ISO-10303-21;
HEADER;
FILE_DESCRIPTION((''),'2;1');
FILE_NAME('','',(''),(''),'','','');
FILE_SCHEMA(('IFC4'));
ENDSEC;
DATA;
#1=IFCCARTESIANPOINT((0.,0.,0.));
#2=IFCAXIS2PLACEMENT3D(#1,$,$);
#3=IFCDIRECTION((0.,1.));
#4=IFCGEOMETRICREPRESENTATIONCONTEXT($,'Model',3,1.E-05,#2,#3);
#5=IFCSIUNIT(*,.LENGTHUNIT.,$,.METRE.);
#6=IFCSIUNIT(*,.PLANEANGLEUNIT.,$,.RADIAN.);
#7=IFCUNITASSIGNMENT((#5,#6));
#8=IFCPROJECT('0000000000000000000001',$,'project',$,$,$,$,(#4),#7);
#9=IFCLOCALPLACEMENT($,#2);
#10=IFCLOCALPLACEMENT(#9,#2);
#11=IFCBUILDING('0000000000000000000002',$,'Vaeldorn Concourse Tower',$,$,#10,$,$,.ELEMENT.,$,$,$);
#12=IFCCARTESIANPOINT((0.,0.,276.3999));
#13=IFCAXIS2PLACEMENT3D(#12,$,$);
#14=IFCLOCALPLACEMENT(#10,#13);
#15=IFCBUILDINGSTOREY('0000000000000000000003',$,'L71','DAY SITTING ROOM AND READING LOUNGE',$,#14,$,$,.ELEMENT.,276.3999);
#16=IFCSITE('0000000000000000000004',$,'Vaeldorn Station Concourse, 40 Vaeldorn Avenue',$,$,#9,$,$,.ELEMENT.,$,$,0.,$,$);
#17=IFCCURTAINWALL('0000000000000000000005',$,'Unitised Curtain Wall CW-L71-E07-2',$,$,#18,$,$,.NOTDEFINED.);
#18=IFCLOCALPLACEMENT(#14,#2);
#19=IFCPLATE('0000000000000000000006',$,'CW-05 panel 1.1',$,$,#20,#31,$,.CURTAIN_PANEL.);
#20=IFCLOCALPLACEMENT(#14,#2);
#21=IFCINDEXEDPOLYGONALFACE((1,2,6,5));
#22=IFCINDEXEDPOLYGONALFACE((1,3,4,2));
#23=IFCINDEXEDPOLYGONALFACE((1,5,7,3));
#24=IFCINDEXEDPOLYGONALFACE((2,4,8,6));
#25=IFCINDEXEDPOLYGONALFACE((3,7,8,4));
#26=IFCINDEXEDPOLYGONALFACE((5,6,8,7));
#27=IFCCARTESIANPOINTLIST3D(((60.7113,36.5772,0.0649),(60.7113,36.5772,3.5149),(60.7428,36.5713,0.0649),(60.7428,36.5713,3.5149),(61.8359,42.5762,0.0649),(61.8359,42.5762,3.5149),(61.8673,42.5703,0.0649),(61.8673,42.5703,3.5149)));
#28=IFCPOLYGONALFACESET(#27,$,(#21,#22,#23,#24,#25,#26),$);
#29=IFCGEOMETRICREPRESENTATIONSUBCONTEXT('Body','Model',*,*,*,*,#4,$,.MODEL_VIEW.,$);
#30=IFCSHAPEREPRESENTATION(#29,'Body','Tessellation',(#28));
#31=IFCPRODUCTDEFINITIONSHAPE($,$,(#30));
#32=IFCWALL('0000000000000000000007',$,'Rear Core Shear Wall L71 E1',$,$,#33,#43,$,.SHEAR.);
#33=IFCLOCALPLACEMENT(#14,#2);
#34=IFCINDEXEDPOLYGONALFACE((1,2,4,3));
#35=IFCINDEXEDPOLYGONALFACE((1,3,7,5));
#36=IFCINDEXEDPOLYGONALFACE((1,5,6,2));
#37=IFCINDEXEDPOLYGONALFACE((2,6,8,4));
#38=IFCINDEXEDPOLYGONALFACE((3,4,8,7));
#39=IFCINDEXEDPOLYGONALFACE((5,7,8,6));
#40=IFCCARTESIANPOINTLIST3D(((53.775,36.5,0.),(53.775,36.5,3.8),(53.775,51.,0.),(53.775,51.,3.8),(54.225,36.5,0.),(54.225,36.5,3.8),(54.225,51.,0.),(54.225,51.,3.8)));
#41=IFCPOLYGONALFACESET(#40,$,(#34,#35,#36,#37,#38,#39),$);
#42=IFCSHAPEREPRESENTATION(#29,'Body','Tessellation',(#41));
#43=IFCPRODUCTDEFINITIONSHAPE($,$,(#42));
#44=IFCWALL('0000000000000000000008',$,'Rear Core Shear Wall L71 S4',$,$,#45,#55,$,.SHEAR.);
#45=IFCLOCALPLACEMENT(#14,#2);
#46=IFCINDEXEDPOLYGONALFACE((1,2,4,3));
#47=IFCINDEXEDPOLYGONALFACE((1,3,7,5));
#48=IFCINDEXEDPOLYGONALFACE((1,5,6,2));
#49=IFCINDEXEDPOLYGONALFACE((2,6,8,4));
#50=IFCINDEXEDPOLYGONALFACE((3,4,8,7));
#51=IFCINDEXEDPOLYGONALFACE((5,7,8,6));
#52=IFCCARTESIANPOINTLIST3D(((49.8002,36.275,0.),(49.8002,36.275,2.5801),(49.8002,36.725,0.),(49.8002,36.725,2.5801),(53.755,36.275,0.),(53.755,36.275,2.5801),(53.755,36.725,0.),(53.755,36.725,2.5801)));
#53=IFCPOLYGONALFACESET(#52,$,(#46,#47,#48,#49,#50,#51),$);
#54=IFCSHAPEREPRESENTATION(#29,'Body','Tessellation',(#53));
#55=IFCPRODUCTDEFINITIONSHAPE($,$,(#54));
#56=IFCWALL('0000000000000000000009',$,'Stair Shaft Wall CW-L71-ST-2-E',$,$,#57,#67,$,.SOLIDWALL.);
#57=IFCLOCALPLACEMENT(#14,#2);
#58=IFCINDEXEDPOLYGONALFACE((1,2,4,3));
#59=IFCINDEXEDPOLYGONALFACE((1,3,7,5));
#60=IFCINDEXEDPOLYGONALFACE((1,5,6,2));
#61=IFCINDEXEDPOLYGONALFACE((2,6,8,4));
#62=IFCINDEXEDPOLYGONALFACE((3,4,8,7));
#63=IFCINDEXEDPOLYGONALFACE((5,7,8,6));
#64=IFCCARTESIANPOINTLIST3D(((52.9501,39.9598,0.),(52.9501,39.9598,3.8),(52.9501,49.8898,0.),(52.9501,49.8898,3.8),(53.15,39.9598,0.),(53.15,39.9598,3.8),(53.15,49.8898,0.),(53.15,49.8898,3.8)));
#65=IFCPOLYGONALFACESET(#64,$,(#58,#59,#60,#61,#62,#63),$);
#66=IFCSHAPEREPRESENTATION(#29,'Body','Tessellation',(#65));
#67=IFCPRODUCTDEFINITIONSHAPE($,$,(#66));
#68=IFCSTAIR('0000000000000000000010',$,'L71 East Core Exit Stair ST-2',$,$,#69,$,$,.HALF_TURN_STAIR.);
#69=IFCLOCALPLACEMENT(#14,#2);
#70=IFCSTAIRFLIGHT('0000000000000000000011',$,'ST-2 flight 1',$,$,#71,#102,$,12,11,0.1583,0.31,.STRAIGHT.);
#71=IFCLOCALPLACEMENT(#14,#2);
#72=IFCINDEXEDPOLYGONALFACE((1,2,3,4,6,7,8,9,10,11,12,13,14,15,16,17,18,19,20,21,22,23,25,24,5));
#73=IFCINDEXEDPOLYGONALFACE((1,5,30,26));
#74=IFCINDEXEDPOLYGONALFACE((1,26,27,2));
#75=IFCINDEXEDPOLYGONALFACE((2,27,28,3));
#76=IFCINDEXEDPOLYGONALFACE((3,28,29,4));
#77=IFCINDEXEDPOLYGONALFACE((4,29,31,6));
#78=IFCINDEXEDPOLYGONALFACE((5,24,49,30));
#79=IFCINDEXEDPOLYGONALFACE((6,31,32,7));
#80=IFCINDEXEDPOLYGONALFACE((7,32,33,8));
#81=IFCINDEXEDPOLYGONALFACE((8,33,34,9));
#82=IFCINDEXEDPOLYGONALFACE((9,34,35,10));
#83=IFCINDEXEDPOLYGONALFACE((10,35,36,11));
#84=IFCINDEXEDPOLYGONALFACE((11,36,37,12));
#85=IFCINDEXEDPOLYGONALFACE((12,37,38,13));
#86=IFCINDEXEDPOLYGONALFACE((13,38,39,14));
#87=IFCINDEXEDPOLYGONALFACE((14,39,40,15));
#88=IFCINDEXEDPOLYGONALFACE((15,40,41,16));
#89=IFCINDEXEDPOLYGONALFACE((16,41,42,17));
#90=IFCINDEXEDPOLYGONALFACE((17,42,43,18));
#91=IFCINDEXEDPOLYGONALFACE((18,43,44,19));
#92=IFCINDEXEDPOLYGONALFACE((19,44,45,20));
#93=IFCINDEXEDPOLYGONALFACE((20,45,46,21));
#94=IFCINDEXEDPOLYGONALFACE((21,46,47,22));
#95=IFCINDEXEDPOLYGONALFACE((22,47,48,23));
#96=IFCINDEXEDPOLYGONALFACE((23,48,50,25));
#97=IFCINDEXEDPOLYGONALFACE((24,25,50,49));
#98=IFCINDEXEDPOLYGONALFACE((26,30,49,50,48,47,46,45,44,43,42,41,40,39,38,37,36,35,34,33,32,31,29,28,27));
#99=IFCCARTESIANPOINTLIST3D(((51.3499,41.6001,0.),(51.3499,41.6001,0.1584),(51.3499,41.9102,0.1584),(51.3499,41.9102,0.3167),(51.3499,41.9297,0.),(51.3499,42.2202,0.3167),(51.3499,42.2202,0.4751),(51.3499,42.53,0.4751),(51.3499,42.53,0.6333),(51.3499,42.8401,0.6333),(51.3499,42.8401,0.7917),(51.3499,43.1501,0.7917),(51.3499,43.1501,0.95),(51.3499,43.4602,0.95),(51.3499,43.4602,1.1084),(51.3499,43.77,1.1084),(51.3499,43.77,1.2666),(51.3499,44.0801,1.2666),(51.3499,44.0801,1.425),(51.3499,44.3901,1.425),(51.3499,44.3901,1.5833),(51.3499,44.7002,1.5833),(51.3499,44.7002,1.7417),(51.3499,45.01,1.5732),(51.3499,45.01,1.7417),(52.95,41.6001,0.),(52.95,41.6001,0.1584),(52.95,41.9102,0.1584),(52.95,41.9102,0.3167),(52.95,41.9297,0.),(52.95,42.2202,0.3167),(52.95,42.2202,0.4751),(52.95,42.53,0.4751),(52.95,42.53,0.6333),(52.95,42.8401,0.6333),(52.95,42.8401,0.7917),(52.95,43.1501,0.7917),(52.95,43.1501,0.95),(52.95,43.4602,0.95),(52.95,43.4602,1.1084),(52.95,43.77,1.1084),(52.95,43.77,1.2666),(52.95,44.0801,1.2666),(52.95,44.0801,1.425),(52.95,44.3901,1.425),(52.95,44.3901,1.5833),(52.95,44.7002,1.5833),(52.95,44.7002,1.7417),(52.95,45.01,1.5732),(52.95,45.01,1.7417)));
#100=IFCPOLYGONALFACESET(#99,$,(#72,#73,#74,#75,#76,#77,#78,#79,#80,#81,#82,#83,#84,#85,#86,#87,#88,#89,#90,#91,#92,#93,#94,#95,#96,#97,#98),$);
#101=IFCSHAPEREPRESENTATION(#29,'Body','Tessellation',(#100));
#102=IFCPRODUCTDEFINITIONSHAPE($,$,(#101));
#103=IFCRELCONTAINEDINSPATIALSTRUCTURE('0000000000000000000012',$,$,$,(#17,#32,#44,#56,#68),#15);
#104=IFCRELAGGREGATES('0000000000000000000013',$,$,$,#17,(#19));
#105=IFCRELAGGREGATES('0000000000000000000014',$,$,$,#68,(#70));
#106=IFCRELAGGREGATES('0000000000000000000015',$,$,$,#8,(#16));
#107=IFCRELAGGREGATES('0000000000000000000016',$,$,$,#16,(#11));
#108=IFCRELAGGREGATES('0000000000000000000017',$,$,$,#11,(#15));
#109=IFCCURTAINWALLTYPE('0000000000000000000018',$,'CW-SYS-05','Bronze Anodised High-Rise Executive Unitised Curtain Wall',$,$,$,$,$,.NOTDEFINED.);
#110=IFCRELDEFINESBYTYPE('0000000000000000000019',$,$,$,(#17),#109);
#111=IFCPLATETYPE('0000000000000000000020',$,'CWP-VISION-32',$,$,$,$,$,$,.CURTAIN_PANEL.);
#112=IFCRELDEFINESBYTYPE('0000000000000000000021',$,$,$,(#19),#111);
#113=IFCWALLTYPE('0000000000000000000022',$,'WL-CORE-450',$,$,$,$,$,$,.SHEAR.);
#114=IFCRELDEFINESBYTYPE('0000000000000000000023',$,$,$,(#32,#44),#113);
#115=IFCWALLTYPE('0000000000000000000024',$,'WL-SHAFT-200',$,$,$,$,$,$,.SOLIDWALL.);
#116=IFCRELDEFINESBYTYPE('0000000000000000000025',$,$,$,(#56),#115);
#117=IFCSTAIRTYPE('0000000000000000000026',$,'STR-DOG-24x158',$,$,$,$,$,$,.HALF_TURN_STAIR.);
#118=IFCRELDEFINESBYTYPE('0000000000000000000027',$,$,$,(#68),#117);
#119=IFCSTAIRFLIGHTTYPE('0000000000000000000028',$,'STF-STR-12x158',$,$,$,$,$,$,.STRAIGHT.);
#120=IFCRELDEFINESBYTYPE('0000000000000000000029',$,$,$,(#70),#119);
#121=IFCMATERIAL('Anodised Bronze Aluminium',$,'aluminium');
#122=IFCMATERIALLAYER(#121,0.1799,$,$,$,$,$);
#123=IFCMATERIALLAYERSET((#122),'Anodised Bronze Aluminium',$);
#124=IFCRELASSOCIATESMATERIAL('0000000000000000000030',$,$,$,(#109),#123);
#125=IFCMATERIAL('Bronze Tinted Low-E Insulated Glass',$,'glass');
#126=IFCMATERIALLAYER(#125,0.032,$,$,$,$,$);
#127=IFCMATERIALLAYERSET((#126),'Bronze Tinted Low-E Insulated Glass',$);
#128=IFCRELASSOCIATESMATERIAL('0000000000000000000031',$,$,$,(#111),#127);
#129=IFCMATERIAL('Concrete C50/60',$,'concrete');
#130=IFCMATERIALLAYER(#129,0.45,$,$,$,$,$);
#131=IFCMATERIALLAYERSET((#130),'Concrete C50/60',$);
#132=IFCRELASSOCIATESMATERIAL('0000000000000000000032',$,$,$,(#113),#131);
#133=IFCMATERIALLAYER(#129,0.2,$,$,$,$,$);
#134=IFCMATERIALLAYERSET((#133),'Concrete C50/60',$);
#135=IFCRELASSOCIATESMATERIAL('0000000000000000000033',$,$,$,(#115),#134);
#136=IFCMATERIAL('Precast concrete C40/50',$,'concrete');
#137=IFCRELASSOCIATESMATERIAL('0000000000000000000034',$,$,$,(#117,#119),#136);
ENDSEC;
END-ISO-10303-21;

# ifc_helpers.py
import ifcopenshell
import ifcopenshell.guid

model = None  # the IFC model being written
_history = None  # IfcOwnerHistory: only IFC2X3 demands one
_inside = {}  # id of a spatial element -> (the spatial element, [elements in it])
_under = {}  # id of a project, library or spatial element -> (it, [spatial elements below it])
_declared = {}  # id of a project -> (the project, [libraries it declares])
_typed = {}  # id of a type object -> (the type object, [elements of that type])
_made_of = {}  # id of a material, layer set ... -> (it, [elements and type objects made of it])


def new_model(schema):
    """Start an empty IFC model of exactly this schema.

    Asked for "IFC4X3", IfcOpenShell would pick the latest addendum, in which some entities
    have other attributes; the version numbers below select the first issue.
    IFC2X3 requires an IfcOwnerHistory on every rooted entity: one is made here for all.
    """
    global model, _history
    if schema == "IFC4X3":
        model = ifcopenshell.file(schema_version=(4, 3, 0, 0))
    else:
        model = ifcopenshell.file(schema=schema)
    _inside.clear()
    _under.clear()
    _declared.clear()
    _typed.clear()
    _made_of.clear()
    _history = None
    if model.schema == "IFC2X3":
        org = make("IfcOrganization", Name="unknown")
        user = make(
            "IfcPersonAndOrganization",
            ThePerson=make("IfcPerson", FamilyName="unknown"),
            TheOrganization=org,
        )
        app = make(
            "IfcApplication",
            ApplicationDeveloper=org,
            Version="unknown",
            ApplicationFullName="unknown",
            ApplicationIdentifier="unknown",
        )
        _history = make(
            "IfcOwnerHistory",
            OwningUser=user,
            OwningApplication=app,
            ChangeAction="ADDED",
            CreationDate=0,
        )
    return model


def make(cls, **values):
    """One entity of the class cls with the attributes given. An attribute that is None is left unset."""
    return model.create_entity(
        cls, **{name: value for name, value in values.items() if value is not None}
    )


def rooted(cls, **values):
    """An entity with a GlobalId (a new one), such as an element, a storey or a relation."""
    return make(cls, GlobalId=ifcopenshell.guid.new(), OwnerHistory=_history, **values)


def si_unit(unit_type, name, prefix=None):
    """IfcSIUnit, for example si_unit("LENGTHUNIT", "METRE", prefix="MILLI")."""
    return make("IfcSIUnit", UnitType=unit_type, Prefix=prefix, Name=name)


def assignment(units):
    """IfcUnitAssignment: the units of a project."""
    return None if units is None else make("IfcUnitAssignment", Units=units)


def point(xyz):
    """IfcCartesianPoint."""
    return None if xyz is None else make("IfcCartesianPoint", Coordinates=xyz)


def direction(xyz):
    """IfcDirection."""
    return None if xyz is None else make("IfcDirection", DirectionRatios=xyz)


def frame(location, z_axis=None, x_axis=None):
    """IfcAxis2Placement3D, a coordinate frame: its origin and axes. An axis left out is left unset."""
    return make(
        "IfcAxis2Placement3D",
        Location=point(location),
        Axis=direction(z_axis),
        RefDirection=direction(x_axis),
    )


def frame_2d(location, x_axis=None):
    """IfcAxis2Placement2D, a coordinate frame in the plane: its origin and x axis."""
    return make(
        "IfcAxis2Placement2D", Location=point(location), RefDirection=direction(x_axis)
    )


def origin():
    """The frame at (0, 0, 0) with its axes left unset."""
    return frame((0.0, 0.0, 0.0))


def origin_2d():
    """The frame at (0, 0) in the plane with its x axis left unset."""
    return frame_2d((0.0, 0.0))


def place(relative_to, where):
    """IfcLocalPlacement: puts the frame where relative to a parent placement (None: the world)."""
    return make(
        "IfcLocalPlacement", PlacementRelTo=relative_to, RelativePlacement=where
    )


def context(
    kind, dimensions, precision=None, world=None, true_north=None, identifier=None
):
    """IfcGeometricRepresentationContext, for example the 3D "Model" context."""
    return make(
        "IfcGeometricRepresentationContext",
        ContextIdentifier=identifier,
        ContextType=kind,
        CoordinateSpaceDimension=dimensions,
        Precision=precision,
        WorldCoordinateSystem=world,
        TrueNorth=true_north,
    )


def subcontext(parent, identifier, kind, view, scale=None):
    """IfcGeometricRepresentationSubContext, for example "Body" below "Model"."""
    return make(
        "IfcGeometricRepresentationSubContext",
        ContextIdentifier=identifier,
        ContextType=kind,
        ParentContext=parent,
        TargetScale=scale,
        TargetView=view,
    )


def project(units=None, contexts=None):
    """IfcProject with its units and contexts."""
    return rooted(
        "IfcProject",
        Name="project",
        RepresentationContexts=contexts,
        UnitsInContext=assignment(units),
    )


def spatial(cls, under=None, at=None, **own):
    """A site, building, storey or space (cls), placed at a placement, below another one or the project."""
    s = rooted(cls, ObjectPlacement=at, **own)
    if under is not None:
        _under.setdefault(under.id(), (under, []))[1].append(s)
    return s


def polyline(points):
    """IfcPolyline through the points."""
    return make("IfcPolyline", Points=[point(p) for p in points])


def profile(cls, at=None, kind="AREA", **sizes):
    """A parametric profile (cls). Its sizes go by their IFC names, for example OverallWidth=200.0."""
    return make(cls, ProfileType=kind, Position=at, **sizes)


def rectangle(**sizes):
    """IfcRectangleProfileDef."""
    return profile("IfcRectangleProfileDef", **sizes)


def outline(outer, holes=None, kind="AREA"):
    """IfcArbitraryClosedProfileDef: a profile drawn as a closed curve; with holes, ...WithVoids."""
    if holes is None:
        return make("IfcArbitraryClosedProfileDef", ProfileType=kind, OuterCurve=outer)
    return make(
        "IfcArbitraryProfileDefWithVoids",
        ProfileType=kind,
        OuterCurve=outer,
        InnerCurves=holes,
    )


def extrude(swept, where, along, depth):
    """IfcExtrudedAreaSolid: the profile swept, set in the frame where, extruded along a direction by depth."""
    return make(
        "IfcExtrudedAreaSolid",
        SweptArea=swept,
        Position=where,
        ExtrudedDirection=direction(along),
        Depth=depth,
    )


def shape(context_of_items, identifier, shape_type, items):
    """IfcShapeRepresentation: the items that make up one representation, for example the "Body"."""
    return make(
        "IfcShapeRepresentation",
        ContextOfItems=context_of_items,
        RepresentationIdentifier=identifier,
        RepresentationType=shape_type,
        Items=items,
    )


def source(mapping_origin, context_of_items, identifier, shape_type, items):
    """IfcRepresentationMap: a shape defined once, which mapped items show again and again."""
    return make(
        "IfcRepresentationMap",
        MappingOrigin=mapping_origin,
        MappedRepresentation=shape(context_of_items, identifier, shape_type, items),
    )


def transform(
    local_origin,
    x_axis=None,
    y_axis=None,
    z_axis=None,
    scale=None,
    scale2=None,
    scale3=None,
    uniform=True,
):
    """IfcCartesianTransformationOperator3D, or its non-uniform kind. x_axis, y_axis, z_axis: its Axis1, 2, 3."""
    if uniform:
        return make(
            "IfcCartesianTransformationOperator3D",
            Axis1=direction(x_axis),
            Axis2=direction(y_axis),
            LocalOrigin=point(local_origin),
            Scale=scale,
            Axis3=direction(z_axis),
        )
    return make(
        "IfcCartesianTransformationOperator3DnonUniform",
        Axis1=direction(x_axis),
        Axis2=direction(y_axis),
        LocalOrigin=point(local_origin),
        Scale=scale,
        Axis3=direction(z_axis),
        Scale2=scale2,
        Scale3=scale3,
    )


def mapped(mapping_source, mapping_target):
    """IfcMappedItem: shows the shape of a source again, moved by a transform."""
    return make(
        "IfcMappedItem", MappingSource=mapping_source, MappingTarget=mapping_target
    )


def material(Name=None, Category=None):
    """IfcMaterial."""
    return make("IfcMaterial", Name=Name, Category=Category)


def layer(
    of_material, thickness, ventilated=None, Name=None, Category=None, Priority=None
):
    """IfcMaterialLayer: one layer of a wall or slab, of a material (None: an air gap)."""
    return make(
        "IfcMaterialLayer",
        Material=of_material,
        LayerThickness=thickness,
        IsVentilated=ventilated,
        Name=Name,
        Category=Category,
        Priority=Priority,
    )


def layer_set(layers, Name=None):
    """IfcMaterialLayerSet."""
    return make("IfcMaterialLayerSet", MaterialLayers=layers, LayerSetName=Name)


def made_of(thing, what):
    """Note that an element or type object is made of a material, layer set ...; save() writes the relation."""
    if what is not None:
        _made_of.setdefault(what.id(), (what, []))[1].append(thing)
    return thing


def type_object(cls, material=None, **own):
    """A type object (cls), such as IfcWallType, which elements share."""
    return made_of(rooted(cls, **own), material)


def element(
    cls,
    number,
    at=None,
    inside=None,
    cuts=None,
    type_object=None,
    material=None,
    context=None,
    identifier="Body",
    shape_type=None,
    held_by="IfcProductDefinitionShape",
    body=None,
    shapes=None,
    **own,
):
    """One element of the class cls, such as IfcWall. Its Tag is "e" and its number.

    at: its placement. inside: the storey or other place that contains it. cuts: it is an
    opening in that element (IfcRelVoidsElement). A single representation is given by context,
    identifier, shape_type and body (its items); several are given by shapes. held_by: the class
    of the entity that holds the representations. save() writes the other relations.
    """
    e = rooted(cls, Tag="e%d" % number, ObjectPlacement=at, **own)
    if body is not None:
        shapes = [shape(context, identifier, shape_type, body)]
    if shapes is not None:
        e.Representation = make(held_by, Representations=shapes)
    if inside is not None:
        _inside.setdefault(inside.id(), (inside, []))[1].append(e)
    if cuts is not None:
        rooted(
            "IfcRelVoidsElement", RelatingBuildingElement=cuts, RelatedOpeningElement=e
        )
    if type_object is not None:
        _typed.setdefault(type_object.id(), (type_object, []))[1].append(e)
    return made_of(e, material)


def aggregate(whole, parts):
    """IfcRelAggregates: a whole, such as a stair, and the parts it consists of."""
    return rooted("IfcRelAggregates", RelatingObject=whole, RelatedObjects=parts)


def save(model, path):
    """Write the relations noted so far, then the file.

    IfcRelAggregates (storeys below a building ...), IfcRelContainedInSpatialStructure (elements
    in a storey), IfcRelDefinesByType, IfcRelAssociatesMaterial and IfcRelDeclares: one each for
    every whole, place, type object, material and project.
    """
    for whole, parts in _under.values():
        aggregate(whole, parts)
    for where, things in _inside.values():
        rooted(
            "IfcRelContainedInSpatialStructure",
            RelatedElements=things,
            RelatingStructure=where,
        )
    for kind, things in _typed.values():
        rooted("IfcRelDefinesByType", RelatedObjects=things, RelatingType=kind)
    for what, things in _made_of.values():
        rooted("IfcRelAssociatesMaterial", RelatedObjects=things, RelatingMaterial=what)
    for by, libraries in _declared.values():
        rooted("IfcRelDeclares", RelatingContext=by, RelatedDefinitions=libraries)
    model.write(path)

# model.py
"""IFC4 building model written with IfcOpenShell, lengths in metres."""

from ifc_helpers import new_model, si_unit, direction, frame, frame_2d, origin, origin_2d, place, context, subcontext, project, spatial, polyline, rectangle, outline, extrude, source, transform, mapped, material, layer, layer_set, type_object, element, aggregate, save


model = new_model("IFC4")

# Units and contexts
model_context = context("Model", 3, precision=1e-05, world=origin(), true_north=direction((0.0, 1.0)))
body_context = subcontext(model_context, "Body", "Model", "MODEL_VIEW")
ifc_project = project(units=[si_unit("LENGTHUNIT", "METRE"), si_unit("PLANEANGLEUNIT", "RADIAN")], contexts=[model_context])

# Site, building, storey
site_placement = place(None, origin())
site = spatial("IfcSite", under=ifc_project, at=site_placement, Name="Vaeldorn Station Concourse, 40 Vaeldorn Avenue", CompositionType="ELEMENT", RefElevation=0.0)
building_placement = place(site_placement, origin())
building = spatial("IfcBuilding", under=site, at=building_placement, Name="Vaeldorn Concourse Tower", CompositionType="ELEMENT")
storey_placement = place(building_placement, frame((0.0, 0.0, 276.3999)))
storey = spatial("IfcBuildingStorey", under=building, at=storey_placement, Name="L71", Description="DAY SITTING ROOM AND READING LOUNGE", CompositionType="ELEMENT", Elevation=276.3999)

# Shared definitions
ifc_material_1 = material(Name="Concrete C50/60", Category="concrete")

# Curtain wall, plate
ifc_material_2 = material(Name="Anodised Bronze Aluminium", Category="aluminium")
ifc_layer_1 = layer(ifc_material_2, 0.1799)
ifc_layer_set_1 = layer_set([ifc_layer_1], Name="Anodised Bronze Aluminium")
curtain_wall_type = type_object("IfcCurtainWallType", Name="CW-SYS-05", Description="Bronze Anodised High-Rise Executive Unitised Curtain Wall", PredefinedType="NOTDEFINED", material=ifc_layer_set_1)
curtain_wall_placement = place(storey_placement, origin())
curtain_wall = element("IfcCurtainWall", 1, at=curtain_wall_placement, inside=storey, type_object=curtain_wall_type, Name="Unitised Curtain Wall CW-L71-E07-2", PredefinedType="NOTDEFINED")
ifc_material_3 = material(Name="Bronze Tinted Low-E Insulated Glass", Category="glass")
ifc_layer_2 = layer(ifc_material_3, 0.032)
ifc_layer_set_2 = layer_set([ifc_layer_2], Name="Bronze Tinted Low-E Insulated Glass")
plate_type = type_object("IfcPlateType", Name="CWP-VISION-32", PredefinedType="CURTAIN_PANEL", material=ifc_layer_set_2)
shared_shape_1 = source(origin(), body_context, "Body", "SweptSolid", [
    extrude(rectangle(XDim=6.1035, YDim=0.032, at=origin_2d()), origin(), (0.0, 0.0, 1.0), 3.45),
])
plate_placement = place(storey_placement, frame((61.2893, 39.5737, 0.0649), z_axis=(0.0, 0.0, 1.0), x_axis=(0.184246, 0.98288, 0.0)))
plate = element("IfcPlate", 2, at=plate_placement, type_object=plate_type, Name="CW-05 panel 1.1", PredefinedType="CURTAIN_PANEL", context=body_context, shape_type="MappedRepresentation", body=[
    mapped(shared_shape_1, transform((0.0, 0.0, 0.0), scale=1.0)),
])
aggregate(curtain_wall, [plate])

# Walls
ifc_layer_3 = layer(ifc_material_1, 0.45)
ifc_layer_set_3 = layer_set([ifc_layer_3], Name="Concrete C50/60")
wall_type_1 = type_object("IfcWallType", Name="WL-CORE-450", PredefinedType="SHEAR", material=ifc_layer_set_3)
wall_1_placement = place(storey_placement, frame((54.0, 36.5, 0.0), z_axis=(0.0, 0.0, 1.0), x_axis=(0.0, 1.0, 0.0)))
element("IfcWall", 3, at=wall_1_placement, inside=storey, type_object=wall_type_1, Name="Rear Core Shear Wall L71 E1", PredefinedType="SHEAR", context=body_context, shape_type="SweptSolid", body=[
    extrude(rectangle(XDim=14.5, YDim=0.45, at=frame_2d((7.25, 0.0))), origin(), (0.0, 0.0, 1.0), 3.8),
])
wall_2_placement = place(storey_placement, frame((49.8, 36.5, 0.0), z_axis=(0.0, 0.0, 1.0), x_axis=(1.0, 0.0, 0.0)))
element("IfcWall", 4, at=wall_2_placement, inside=storey, type_object=wall_type_1, Name="Rear Core Shear Wall L71 S4", PredefinedType="SHEAR", context=body_context, shape_type="SweptSolid", body=[
    extrude(rectangle(XDim=3.9548, YDim=0.45, at=frame_2d((1.9775, 0.0))), origin(), (0.0, 0.0, 1.0), 2.5801),
])
ifc_layer_4 = layer(ifc_material_1, 0.2)
ifc_layer_set_4 = layer_set([ifc_layer_4], Name="Concrete C50/60")
wall_type_2 = type_object("IfcWallType", Name="WL-SHAFT-200", PredefinedType="SOLIDWALL", material=ifc_layer_set_4)
wall_3_placement = place(storey_placement, frame((53.05, 39.96, 0.0), z_axis=(0.0, 0.0, 1.0), x_axis=(0.0, 1.0, 0.0)))
element("IfcWall", 5, at=wall_3_placement, inside=storey, type_object=wall_type_2, Name="Stair Shaft Wall CW-L71-ST-2-E", PredefinedType="SOLIDWALL", context=body_context, shape_type="SweptSolid", body=[
    extrude(rectangle(XDim=9.9299, YDim=0.2, at=frame_2d((4.9648, 0.0))), origin(), (0.0, 0.0, 1.0), 3.8),
])

# Stair, stair flight
ifc_material_4 = material(Name="Precast concrete C40/50", Category="concrete")
stair_type = type_object("IfcStairType", Name="STR-DOG-24x158", PredefinedType="HALF_TURN_STAIR", material=ifc_material_4)
stair_placement = place(storey_placement, origin())
stair = element("IfcStair", 6, at=stair_placement, inside=storey, type_object=stair_type, Name="L71 East Core Exit Stair ST-2", PredefinedType="HALF_TURN_STAIR")
stair_flight_type = type_object("IfcStairFlightType", Name="STF-STR-12x158", PredefinedType="STRAIGHT", material=ifc_material_4)
stair_flight_placement = place(storey_placement, frame((52.1499, 41.6001, 0.0), z_axis=(0.0, 0.0, 1.0), x_axis=(0.0, 1.0, 0.0)))
stair_flight = element("IfcStairFlight", 7, at=stair_flight_placement, type_object=stair_flight_type, Name="ST-2 flight 1", NumberOfRisers=12, NumberOfTreads=11, PredefinedType="STRAIGHT", RiserHeight=0.1583, TreadLength=0.31, context=body_context, shape_type="SweptSolid", body=[
    extrude(outline(polyline([(0.0, 0.0), (0.0, 0.1584), (0.3101, 0.1584), (0.3101, 0.3167), (0.6201, 0.3167), (0.6201, 0.4751), (0.9299, 0.4751), (0.9299, 0.6333), (1.24, 0.6333), (1.24, 0.7917), (1.55, 0.7917), (1.55, 0.95), (1.8601, 0.95), (1.8601, 1.1084), (2.1699, 1.1084), (2.1699, 1.2666), (2.48, 1.2666), (2.48, 1.425), (2.79, 1.425), (2.79, 1.5833), (3.1001, 1.5833), (3.1001, 1.7417), (3.4099, 1.7417), (3.4099, 1.8999), (3.4099, 1.5732), (0.3296, 0.0), (0.0, 0.0)])), frame((0.0, 0.8, 0.0), z_axis=(0.0, -1.0, 0.0), x_axis=(1.0, 0.0, 0.0)), (0.0, 0.0, 1.0), 1.6001),
])
aggregate(stair, [stair_flight])

save(model, "model.ifc")
